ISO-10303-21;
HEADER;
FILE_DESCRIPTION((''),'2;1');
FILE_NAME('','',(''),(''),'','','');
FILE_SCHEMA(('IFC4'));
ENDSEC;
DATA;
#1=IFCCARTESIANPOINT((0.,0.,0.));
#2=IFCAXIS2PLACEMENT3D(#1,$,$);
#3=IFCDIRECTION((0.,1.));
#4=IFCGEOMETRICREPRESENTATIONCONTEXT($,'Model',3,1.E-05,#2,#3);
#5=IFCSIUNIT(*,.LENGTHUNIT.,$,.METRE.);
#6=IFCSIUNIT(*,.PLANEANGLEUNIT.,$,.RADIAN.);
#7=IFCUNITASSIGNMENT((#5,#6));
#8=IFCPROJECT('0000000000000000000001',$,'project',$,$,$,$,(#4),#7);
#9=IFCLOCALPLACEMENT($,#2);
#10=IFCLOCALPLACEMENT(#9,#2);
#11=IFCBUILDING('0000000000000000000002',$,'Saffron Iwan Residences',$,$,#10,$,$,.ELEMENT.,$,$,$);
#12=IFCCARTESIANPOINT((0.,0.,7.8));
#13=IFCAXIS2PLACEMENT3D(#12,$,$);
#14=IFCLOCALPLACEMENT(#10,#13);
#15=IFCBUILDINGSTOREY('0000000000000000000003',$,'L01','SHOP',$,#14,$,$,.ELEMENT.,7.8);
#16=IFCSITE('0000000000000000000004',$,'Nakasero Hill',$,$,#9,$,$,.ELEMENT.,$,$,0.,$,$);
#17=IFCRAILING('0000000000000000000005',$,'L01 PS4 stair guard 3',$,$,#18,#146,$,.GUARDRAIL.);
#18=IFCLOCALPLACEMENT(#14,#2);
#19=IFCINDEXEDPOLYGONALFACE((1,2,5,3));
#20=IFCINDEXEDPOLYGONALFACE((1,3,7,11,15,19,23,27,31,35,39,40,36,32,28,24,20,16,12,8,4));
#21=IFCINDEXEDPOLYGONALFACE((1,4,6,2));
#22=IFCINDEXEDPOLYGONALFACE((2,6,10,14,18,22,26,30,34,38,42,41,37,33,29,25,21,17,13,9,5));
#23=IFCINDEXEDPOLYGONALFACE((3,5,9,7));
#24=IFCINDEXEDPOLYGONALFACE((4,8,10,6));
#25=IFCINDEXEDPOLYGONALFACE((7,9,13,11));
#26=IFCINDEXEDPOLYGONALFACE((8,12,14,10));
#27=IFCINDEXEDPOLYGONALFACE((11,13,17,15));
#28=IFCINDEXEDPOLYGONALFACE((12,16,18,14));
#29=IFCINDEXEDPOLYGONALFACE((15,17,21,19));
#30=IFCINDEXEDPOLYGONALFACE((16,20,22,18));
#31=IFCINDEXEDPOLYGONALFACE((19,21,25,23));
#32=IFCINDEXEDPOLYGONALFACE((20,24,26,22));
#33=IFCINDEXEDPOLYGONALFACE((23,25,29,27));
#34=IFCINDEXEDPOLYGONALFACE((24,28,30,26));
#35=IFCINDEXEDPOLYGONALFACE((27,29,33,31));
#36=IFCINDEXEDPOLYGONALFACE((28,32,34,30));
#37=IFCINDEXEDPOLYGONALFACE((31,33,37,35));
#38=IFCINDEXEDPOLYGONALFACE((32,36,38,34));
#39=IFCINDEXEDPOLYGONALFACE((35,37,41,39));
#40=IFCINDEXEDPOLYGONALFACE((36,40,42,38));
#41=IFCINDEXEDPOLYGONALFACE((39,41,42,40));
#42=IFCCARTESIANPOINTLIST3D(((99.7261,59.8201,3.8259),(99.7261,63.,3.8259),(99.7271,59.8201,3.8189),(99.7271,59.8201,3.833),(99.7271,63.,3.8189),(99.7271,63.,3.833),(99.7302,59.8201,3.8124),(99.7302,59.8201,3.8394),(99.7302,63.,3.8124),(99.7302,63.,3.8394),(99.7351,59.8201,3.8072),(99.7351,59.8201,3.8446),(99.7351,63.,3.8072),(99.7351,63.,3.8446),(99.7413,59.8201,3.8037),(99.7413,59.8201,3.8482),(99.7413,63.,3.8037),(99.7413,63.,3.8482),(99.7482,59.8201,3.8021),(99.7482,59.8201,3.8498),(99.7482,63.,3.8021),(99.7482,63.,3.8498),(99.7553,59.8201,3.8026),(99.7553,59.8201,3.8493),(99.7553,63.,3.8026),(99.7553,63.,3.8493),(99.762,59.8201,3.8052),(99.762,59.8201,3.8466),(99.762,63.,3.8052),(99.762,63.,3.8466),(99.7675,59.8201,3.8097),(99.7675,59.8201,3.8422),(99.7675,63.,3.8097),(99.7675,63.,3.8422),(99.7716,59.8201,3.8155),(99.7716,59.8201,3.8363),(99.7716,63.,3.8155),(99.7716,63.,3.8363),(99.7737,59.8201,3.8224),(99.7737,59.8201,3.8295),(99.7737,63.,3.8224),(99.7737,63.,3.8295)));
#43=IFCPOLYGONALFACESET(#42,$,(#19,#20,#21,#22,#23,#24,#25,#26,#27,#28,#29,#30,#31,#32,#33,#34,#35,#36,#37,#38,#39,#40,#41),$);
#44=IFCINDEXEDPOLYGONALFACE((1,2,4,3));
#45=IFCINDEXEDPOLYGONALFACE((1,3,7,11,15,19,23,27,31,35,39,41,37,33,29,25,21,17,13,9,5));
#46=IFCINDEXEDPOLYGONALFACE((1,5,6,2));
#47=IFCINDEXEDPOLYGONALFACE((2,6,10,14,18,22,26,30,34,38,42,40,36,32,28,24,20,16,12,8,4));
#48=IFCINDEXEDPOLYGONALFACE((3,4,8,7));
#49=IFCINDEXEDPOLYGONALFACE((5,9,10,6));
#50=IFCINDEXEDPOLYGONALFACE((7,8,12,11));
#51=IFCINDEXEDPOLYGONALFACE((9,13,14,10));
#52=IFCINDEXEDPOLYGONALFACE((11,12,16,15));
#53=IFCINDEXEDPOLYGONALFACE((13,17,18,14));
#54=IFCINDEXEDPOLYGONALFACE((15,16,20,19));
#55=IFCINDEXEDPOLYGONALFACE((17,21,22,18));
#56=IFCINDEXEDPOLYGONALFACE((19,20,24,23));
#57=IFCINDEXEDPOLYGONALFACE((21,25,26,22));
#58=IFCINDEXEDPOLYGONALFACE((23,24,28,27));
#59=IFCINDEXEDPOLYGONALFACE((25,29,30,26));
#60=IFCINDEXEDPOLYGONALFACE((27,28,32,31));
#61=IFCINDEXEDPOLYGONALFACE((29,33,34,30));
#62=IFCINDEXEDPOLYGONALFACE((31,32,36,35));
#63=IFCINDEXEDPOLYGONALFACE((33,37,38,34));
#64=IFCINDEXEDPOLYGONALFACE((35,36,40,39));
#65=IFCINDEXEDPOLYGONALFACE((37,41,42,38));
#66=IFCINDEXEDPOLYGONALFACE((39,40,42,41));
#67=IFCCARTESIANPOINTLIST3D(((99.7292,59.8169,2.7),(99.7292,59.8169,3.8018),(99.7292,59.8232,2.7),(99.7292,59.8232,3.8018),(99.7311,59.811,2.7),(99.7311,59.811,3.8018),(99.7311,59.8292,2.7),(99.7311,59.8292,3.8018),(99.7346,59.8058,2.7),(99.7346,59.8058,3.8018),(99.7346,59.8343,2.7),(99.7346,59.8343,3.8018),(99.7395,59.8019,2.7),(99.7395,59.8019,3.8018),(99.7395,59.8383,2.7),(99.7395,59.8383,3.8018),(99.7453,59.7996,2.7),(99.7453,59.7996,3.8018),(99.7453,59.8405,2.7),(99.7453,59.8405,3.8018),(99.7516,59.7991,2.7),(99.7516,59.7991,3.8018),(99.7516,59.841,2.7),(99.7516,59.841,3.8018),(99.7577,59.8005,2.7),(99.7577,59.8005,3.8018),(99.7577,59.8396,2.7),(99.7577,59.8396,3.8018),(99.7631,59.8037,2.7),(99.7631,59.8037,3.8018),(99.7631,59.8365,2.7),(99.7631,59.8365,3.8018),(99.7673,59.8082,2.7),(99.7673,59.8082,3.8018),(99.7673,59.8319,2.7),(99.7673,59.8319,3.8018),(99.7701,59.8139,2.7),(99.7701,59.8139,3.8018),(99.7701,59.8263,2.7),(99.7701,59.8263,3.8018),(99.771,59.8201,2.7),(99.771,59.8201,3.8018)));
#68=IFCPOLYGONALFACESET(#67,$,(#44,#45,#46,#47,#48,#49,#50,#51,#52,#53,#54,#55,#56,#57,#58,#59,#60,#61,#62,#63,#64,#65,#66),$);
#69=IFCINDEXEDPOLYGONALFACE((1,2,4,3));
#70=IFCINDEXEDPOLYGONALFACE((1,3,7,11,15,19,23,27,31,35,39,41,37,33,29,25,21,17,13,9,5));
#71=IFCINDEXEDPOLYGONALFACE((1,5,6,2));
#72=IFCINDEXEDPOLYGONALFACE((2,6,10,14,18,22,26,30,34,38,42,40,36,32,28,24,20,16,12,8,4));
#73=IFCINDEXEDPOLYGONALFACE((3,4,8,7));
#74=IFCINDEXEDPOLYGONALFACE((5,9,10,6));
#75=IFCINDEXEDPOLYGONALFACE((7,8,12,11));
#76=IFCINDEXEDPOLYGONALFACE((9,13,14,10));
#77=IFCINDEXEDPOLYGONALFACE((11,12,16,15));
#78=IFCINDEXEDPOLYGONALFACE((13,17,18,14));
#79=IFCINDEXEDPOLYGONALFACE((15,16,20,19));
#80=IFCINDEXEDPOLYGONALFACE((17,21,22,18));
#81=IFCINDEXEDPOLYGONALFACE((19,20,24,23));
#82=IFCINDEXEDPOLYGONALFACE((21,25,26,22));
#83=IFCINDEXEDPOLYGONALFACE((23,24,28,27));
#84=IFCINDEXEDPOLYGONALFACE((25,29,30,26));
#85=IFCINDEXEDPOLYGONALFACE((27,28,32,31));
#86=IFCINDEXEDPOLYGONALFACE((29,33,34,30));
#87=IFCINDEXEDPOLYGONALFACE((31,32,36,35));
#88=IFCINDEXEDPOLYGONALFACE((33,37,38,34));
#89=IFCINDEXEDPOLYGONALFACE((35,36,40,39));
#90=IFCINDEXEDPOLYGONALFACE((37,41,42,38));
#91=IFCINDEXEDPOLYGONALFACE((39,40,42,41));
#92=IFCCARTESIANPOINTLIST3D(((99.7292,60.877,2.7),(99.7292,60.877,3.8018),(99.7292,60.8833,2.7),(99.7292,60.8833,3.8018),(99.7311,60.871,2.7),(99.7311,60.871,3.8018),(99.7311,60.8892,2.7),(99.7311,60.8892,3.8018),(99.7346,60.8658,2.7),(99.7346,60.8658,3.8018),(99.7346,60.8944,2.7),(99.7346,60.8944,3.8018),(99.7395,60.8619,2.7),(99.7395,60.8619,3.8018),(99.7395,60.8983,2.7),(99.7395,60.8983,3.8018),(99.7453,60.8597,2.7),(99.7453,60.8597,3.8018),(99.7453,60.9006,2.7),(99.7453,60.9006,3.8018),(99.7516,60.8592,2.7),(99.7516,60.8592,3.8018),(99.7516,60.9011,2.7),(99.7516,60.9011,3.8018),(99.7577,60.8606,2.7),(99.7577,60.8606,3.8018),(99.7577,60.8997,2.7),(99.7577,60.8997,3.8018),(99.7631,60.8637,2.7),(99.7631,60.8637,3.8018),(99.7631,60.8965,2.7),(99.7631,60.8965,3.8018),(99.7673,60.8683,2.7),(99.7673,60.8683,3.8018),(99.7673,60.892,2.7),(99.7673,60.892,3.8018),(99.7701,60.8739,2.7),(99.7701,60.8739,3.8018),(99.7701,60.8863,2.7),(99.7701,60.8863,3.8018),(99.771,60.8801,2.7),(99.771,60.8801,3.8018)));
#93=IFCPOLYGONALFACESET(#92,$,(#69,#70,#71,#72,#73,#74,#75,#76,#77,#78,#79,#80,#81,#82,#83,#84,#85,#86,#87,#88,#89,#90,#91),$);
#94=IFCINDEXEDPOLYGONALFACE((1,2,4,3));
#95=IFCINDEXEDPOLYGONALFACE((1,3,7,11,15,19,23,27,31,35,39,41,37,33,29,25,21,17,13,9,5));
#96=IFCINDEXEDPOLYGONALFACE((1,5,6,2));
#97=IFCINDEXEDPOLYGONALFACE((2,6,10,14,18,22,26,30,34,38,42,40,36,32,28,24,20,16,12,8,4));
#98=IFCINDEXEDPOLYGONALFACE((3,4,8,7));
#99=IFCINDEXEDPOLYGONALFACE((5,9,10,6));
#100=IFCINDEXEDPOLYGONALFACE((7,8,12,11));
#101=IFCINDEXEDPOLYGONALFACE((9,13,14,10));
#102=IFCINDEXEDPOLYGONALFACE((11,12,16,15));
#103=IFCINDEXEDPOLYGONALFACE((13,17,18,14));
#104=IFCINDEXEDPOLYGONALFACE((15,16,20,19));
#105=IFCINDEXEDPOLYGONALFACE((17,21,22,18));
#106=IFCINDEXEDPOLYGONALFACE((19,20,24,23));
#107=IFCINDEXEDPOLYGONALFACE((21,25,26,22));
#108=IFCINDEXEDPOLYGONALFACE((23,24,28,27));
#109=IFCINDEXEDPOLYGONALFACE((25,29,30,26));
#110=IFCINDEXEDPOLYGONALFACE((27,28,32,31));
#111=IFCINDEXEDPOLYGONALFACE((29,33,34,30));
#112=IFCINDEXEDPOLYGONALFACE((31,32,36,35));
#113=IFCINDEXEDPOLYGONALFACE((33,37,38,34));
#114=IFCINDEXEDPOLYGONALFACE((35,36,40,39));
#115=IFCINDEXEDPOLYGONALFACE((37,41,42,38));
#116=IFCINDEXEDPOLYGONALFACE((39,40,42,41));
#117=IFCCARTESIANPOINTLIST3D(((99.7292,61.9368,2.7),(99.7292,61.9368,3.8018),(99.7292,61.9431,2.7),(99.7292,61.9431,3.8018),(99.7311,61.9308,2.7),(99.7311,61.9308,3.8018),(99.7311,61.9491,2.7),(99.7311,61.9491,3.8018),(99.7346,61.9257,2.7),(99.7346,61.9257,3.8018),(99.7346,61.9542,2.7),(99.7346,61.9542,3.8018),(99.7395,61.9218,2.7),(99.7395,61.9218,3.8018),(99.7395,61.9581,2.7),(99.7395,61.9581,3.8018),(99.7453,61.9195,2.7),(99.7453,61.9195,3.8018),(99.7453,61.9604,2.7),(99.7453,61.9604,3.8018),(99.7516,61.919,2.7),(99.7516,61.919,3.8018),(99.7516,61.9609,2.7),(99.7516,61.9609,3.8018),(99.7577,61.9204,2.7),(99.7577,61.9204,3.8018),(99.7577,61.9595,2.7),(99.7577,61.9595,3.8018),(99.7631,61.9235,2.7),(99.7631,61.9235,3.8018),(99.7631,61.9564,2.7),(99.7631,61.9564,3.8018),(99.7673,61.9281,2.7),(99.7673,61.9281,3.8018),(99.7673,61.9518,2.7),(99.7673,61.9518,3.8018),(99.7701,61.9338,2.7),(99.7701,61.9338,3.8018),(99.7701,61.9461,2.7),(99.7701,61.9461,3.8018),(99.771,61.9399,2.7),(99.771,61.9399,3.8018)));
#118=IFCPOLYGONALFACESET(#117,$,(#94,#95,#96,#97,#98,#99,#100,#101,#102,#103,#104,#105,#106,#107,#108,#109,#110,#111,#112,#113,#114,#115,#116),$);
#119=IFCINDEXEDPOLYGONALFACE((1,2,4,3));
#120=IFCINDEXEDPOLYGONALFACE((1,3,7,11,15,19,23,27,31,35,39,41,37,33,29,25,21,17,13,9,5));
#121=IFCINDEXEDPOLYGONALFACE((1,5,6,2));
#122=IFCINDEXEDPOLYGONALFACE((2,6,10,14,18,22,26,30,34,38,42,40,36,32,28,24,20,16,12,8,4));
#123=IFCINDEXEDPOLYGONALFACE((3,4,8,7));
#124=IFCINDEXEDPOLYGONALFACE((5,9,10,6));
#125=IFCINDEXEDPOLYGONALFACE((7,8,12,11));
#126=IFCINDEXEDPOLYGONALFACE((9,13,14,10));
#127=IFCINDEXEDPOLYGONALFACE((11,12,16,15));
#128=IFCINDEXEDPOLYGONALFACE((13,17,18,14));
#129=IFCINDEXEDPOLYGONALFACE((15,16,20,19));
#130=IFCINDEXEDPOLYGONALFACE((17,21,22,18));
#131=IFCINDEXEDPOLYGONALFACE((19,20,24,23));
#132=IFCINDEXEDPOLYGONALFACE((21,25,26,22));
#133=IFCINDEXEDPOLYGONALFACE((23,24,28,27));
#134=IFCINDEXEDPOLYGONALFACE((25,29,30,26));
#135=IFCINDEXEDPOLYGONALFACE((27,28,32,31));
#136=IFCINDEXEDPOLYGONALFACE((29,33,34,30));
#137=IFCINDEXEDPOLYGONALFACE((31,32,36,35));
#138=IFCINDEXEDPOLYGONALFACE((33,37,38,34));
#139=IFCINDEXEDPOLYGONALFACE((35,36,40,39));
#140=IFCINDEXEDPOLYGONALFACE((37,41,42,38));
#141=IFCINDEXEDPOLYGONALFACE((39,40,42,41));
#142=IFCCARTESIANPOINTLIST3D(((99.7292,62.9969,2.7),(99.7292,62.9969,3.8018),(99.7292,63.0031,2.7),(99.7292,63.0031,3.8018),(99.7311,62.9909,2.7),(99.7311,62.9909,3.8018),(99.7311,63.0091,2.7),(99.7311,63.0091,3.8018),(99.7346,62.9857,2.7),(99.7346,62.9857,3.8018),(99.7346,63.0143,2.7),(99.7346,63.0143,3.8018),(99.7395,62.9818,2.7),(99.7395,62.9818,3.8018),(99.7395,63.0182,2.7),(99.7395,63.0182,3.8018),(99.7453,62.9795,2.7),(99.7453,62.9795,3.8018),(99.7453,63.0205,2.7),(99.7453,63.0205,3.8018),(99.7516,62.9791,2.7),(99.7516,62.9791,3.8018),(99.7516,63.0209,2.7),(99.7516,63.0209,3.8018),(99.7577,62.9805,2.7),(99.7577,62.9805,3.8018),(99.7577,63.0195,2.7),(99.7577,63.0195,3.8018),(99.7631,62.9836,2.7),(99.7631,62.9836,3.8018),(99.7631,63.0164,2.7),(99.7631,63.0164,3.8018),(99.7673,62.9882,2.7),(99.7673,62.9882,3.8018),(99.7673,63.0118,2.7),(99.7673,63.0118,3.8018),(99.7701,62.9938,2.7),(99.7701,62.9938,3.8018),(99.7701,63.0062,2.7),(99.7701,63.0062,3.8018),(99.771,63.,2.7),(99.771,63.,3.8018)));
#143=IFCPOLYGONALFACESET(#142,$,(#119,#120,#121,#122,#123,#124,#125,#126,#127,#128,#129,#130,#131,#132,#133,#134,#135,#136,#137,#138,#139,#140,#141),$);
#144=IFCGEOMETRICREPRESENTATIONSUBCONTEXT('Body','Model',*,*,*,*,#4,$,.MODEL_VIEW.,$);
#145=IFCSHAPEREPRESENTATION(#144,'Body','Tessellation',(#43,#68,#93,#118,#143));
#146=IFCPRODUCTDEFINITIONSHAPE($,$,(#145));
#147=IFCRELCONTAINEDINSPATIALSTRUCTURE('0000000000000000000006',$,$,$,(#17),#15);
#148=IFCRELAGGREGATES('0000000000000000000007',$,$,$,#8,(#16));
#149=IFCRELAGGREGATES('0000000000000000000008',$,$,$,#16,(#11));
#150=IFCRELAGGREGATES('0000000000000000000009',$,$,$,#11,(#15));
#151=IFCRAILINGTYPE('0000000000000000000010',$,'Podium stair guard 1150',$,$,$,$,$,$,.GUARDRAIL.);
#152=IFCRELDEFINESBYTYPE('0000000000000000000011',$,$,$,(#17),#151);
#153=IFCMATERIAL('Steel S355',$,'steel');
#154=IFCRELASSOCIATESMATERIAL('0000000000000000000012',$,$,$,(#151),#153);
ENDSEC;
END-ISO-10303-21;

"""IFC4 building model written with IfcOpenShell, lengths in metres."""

from ifc_helpers import new_model, si_unit, direction, frame, origin, origin_2d, place, context, subcontext, project, spatial, circle, extrude, material, type_object, element, save


model = new_model("IFC4")

# Units and contexts
model_context = context("Model", 3, precision=1e-05, world=origin(), true_north=direction((0.0, 1.0)))
body_context = subcontext(model_context, "Body", "Model", "MODEL_VIEW")
ifc_project = project(units=[si_unit("LENGTHUNIT", "METRE"), si_unit("PLANEANGLEUNIT", "RADIAN")], contexts=[model_context])

# Site, building, storey
site_placement = place(None, origin())
site = spatial("IfcSite", under=ifc_project, at=site_placement, Name="Nakasero Hill", CompositionType="ELEMENT", RefElevation=0.0)
building_placement = place(site_placement, origin())
building = spatial("IfcBuilding", under=site, at=building_placement, Name="Saffron Iwan Residences", CompositionType="ELEMENT")
storey_placement = place(building_placement, frame((0.0, 0.0, 7.8)))
storey = spatial("IfcBuildingStorey", under=building, at=storey_placement, Name="L01", Description="SHOP", CompositionType="ELEMENT", Elevation=7.8)

# Railing
ifc_material_1 = material(Name="Steel S355", Category="steel")
railing_type_1 = type_object("IfcRailingType", Name="Podium stair guard 1150", PredefinedType="GUARDRAIL", material=ifc_material_1)
railing_1_placement = place(storey_placement, frame((99.75, 59.8201, 2.7)))
element("IfcRailing", 1, at=railing_1_placement, inside=storey, type_object=railing_type_1, Name="L01 PS4 stair guard 3", PredefinedType="GUARDRAIL", context=body_context, shape_type="SweptSolid", body=[
    extrude(circle(Radius=0.0239, at=origin_2d()), frame((0.0, 0.0, 1.126), z_axis=(0.0, 1.0, 0.0), x_axis=(-1.0, 0.0, 0.0)), (0.0, 0.0, 1.0), 3.1799),
    extrude(circle(Radius=0.021, at=origin_2d()), origin(), (0.0, 0.0, 1.0), 1.1018),
    extrude(circle(Radius=0.021, at=origin_2d()), frame((0.0, 1.0601, 0.0)), (0.0, 0.0, 1.0), 1.1018),
    extrude(circle(Radius=0.021, at=origin_2d()), frame((0.0, 2.1199, 0.0)), (0.0, 0.0, 1.0), 1.1018),
    extrude(circle(Radius=0.021, at=origin_2d()), frame((0.0, 3.1799, 0.0)), (0.0, 0.0, 1.0), 1.1018),
])

save(model, "model.ifc")
